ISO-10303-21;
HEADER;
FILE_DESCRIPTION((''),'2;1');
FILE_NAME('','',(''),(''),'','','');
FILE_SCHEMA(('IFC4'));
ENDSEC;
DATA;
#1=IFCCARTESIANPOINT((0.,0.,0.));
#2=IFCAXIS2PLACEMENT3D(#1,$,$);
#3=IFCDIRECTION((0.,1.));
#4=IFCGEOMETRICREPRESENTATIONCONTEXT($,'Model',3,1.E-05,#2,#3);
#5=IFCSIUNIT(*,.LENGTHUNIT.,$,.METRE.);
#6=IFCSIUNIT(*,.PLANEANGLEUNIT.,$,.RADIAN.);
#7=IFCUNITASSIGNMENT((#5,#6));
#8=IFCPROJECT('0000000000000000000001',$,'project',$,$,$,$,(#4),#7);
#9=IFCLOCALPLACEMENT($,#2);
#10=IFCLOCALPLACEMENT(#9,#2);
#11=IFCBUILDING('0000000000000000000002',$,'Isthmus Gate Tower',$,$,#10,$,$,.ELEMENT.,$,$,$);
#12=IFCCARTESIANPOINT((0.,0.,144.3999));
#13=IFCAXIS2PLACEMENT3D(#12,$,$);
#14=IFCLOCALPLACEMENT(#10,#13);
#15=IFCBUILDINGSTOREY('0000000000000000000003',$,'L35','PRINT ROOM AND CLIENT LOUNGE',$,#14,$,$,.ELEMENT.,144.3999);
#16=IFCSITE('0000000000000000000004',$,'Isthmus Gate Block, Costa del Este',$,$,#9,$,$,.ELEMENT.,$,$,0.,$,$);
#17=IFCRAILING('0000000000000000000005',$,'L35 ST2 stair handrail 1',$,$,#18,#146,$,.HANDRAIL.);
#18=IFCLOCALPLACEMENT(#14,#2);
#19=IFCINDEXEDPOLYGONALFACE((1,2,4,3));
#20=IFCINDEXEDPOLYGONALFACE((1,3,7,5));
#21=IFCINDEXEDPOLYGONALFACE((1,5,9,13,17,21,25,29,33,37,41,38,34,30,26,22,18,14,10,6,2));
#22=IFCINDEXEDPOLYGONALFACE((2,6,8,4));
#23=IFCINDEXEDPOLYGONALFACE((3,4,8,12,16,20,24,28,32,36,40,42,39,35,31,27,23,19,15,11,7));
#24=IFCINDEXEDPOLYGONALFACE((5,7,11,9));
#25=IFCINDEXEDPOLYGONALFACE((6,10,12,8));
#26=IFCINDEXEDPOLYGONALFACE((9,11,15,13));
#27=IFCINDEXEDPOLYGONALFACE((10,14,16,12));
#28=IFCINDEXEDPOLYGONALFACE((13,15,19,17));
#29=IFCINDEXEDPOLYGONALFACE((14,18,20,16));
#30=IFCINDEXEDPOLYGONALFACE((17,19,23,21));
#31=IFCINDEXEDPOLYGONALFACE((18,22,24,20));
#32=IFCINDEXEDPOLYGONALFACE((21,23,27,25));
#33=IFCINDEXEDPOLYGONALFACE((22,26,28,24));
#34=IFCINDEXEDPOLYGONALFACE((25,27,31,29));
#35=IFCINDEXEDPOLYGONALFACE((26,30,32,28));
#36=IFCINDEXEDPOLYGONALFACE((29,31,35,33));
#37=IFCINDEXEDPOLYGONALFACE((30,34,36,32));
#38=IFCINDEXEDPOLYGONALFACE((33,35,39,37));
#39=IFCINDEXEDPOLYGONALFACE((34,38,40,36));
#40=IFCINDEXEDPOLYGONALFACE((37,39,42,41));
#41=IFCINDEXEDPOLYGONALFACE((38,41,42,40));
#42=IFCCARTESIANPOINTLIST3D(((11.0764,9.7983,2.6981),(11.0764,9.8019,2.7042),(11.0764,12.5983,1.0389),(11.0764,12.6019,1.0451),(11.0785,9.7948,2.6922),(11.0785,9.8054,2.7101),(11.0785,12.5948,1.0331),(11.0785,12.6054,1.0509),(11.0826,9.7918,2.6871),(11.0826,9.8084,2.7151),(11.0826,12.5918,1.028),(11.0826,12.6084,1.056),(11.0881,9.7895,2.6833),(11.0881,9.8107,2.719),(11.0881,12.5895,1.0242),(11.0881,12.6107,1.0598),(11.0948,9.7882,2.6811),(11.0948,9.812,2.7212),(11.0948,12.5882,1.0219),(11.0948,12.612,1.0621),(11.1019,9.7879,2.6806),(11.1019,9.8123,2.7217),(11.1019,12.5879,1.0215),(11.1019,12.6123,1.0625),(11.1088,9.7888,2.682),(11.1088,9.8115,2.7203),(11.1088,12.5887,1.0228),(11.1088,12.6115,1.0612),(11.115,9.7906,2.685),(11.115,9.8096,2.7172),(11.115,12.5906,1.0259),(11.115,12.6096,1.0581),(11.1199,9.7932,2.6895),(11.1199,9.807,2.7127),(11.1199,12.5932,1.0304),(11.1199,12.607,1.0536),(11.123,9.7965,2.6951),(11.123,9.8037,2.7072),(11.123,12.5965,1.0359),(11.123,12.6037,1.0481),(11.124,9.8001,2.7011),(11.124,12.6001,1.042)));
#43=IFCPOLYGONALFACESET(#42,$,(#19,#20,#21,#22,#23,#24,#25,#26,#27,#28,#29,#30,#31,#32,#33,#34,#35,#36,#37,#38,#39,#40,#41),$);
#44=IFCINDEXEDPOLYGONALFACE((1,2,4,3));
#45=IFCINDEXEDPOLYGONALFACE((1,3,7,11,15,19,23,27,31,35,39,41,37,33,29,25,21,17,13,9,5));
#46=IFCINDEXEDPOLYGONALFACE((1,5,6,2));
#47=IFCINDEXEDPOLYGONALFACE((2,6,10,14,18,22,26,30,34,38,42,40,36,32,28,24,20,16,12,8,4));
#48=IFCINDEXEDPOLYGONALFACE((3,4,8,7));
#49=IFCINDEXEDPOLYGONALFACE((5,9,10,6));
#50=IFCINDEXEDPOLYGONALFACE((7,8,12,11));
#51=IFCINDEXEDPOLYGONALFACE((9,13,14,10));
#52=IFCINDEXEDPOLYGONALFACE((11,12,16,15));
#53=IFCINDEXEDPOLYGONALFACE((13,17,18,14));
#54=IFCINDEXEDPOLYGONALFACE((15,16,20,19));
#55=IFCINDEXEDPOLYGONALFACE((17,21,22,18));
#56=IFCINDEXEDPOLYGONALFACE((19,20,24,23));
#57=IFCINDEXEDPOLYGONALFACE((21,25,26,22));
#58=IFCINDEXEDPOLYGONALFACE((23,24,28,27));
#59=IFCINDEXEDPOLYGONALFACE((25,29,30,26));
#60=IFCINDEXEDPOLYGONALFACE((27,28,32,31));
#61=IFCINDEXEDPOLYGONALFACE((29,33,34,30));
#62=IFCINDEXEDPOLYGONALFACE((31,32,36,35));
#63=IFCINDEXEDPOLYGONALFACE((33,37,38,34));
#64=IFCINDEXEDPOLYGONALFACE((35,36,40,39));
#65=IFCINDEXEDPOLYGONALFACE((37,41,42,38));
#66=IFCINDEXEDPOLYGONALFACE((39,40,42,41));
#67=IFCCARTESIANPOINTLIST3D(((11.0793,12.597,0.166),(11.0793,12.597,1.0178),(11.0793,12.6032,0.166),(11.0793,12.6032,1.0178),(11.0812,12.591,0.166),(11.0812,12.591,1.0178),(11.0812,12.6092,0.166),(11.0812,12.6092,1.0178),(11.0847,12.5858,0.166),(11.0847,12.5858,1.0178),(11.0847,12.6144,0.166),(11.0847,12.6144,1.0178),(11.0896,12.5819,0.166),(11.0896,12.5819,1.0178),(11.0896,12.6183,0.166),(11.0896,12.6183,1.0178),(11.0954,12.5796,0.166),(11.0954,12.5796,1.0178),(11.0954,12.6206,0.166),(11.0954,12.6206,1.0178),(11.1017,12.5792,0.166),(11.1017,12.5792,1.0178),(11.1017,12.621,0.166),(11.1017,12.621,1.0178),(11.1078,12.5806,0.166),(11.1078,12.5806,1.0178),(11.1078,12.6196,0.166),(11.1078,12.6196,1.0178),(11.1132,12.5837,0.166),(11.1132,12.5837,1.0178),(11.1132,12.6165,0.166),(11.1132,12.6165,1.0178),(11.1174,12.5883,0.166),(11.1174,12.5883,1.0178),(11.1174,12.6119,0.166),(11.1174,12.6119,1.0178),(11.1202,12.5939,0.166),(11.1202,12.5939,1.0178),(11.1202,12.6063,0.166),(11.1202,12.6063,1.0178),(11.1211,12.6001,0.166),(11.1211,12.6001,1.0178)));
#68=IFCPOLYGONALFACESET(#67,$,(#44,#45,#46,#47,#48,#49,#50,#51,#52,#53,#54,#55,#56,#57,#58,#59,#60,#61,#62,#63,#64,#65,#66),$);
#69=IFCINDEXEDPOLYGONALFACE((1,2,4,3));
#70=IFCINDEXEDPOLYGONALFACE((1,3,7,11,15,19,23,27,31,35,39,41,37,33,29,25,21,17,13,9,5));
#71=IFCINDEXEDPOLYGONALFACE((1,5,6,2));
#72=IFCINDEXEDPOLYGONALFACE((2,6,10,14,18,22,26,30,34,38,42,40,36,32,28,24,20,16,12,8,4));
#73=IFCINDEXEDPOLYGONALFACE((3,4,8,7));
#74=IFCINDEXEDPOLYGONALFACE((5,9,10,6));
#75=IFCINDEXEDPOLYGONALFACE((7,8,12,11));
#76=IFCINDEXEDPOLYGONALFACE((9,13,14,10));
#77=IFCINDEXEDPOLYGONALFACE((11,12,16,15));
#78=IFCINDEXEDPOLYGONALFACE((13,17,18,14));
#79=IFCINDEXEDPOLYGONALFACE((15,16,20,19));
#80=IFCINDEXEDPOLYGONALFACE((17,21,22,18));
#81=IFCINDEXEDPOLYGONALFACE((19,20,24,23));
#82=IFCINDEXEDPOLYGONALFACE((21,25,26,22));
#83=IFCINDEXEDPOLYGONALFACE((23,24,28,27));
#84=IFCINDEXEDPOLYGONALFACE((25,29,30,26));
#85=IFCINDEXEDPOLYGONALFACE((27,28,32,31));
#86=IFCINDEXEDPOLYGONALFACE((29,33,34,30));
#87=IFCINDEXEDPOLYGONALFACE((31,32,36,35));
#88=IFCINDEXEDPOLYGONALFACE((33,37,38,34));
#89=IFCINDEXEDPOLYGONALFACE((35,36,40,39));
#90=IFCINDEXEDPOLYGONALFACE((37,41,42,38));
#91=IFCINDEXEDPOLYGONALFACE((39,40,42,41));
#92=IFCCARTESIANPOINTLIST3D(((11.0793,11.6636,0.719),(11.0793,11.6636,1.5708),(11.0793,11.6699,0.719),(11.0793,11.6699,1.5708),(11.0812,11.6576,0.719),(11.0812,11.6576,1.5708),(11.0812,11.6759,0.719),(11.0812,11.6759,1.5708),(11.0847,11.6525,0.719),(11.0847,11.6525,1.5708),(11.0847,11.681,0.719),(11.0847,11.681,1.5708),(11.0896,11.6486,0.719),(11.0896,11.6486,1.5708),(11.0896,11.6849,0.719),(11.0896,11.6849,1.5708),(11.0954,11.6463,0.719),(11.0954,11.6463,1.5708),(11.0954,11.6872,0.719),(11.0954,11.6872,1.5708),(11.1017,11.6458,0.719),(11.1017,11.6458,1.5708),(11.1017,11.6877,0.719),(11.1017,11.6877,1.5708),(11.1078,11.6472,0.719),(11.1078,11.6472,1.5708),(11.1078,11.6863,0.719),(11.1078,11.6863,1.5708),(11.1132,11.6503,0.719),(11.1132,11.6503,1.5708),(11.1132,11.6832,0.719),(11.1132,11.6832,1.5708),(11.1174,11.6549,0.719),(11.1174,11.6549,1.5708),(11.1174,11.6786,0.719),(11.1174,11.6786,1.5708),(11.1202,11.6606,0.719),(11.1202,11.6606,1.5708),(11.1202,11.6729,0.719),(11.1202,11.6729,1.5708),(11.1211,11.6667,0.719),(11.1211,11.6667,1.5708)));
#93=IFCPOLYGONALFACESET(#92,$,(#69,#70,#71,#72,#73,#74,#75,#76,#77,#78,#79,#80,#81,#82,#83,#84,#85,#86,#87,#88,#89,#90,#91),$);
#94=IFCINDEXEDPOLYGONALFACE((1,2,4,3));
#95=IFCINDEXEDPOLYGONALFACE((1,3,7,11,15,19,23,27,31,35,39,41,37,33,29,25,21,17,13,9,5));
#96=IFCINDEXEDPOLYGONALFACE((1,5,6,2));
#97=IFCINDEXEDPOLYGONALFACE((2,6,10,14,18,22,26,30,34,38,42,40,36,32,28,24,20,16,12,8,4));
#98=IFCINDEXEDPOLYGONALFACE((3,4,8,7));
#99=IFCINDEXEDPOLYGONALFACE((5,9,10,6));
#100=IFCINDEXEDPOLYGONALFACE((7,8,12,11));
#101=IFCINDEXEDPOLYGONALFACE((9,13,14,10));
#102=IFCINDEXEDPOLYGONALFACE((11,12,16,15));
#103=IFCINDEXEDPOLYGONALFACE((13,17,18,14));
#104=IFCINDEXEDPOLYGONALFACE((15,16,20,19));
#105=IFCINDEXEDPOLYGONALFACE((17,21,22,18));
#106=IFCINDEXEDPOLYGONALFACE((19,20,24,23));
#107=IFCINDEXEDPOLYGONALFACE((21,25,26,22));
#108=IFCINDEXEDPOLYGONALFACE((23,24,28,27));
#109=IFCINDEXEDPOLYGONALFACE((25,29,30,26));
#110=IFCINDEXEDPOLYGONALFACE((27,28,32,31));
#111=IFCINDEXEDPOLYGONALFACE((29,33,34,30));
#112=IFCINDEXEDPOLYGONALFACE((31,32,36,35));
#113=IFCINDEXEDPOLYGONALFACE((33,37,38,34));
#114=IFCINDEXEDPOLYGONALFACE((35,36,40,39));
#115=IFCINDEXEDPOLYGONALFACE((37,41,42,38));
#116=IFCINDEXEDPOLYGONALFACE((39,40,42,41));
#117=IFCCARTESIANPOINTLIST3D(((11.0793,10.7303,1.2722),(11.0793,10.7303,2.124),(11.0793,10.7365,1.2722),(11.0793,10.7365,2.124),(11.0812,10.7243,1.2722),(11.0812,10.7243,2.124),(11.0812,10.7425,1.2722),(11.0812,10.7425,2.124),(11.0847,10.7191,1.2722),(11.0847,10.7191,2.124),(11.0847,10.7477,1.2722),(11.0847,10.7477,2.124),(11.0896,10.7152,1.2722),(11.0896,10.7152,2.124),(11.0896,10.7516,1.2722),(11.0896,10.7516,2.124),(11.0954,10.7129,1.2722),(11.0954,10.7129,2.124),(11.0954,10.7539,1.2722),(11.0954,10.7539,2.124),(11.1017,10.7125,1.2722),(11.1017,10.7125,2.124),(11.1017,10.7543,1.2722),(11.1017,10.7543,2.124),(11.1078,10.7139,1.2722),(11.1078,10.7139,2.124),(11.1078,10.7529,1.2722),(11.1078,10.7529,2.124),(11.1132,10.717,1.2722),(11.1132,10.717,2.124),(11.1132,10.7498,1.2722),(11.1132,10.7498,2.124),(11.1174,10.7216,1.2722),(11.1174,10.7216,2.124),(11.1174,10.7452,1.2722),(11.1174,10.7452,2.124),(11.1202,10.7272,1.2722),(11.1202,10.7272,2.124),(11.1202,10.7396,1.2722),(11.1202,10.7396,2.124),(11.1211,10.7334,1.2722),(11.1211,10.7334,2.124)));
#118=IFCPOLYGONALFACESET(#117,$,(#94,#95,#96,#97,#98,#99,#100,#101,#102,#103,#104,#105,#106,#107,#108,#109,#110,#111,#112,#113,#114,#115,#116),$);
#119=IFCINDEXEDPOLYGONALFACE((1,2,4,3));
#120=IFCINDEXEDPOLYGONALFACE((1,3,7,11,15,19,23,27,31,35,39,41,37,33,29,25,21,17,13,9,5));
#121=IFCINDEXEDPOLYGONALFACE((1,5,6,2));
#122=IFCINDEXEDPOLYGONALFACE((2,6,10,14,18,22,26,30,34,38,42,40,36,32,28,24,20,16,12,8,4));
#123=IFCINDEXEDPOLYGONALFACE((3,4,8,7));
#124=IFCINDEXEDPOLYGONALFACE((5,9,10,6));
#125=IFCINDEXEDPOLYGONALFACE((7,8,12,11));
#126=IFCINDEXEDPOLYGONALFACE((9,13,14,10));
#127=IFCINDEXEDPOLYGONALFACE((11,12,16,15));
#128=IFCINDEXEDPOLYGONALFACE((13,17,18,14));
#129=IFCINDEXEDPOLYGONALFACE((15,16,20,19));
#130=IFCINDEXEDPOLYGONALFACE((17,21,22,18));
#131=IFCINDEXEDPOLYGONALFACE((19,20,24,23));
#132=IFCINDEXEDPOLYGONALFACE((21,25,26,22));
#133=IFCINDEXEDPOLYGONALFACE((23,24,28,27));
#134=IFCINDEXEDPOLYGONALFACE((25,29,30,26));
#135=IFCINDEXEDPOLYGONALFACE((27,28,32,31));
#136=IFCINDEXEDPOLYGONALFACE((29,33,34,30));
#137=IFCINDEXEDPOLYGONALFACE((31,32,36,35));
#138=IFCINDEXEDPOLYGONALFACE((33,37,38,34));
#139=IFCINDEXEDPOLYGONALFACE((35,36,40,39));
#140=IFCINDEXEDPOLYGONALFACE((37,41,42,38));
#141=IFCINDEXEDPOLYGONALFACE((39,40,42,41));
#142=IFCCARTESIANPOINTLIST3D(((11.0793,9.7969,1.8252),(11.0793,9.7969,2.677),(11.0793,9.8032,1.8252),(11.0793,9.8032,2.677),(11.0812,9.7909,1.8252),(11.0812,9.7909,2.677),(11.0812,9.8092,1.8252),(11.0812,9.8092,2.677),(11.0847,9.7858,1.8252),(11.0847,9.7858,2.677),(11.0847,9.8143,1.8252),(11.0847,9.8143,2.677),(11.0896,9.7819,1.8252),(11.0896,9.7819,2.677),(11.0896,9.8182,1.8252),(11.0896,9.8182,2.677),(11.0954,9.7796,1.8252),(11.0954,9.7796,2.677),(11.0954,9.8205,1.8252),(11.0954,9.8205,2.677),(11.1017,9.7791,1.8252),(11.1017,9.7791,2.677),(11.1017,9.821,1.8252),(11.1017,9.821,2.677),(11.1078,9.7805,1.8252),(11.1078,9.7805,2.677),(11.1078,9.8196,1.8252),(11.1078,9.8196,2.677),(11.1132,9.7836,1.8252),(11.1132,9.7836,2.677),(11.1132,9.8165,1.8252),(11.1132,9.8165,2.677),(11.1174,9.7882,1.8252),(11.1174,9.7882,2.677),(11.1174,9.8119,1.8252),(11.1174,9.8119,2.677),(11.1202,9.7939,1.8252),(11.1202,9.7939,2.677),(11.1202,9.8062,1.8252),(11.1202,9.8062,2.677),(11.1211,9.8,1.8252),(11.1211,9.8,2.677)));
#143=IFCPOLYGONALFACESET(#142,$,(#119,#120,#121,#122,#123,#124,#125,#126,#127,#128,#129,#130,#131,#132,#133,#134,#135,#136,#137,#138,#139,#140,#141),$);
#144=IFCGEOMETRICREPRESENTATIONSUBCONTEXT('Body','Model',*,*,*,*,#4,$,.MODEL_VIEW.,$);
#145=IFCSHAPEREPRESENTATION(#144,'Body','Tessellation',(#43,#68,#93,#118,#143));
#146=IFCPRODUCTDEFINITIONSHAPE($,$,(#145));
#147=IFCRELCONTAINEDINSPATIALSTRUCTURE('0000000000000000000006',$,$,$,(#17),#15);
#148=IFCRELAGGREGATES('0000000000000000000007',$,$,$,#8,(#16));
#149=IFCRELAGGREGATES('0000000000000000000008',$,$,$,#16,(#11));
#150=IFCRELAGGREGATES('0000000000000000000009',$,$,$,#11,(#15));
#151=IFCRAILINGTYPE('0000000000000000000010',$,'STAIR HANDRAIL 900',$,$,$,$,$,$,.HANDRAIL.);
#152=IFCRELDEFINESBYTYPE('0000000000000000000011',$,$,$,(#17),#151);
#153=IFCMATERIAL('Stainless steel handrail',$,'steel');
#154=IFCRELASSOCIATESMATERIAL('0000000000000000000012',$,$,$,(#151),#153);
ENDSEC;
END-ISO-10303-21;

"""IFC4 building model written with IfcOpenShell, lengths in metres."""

from ifc_helpers import new_model, si_unit, direction, frame, origin, origin_2d, place, context, subcontext, project, spatial, circle, extrude, material, type_object, element, save


model = new_model("IFC4")

# Units and contexts
model_context = context("Model", 3, precision=1e-05, world=origin(), true_north=direction((0.0, 1.0)))
body_context = subcontext(model_context, "Body", "Model", "MODEL_VIEW")
ifc_project = project(units=[si_unit("LENGTHUNIT", "METRE"), si_unit("PLANEANGLEUNIT", "RADIAN")], contexts=[model_context])

# Site, building, storey
site_placement = place(None, origin())
site = spatial("IfcSite", under=ifc_project, at=site_placement, Name="Isthmus Gate Block, Costa del Este", CompositionType="ELEMENT", RefElevation=0.0)
building_placement = place(site_placement, origin())
building = spatial("IfcBuilding", under=site, at=building_placement, Name="Isthmus Gate Tower", CompositionType="ELEMENT")
storey_placement = place(building_placement, frame((0.0, 0.0, 144.3999)))
storey = spatial("IfcBuildingStorey", under=building, at=storey_placement, Name="L35", Description="PRINT ROOM AND CLIENT LOUNGE", CompositionType="ELEMENT", Elevation=144.3999)

# Railing
ifc_material_1 = material(Name="Stainless steel handrail", Category="steel")
railing_type_1 = type_object("IfcRailingType", Name="STAIR HANDRAIL 900", PredefinedType="HANDRAIL", material=ifc_material_1)
railing_1_placement = place(storey_placement, frame((11.1001, 12.6001, 0.166)))
element("IfcRailing", 1, at=railing_1_placement, inside=storey, type_object=railing_type_1, Name="L35 ST2 stair handrail 1", PredefinedType="HANDRAIL", context=body_context, shape_type="SweptSolid", body=[
    extrude(circle(Radius=0.0239, at=origin_2d()), frame((0.0, 0.0, 0.876), z_axis=(0.0, -0.860306, 0.509778), x_axis=(1.0, 0.0, 0.0)), (0.0, 0.0, 1.0), 3.2546),
    extrude(circle(Radius=0.021, at=origin_2d()), origin(), (0.0, 0.0, 1.0), 0.8518),
    extrude(circle(Radius=0.021, at=origin_2d()), frame((0.0, -0.9333, 0.553)), (0.0, 0.0, 1.0), 0.8518),
    extrude(circle(Radius=0.021, at=origin_2d()), frame((0.0, -1.8667, 1.1062)), (0.0, 0.0, 1.0), 0.8518),
    extrude(circle(Radius=0.021, at=origin_2d()), frame((0.0, -2.8, 1.6592)), (0.0, 0.0, 1.0), 0.8518),
])

save(model, "model.ifc")
